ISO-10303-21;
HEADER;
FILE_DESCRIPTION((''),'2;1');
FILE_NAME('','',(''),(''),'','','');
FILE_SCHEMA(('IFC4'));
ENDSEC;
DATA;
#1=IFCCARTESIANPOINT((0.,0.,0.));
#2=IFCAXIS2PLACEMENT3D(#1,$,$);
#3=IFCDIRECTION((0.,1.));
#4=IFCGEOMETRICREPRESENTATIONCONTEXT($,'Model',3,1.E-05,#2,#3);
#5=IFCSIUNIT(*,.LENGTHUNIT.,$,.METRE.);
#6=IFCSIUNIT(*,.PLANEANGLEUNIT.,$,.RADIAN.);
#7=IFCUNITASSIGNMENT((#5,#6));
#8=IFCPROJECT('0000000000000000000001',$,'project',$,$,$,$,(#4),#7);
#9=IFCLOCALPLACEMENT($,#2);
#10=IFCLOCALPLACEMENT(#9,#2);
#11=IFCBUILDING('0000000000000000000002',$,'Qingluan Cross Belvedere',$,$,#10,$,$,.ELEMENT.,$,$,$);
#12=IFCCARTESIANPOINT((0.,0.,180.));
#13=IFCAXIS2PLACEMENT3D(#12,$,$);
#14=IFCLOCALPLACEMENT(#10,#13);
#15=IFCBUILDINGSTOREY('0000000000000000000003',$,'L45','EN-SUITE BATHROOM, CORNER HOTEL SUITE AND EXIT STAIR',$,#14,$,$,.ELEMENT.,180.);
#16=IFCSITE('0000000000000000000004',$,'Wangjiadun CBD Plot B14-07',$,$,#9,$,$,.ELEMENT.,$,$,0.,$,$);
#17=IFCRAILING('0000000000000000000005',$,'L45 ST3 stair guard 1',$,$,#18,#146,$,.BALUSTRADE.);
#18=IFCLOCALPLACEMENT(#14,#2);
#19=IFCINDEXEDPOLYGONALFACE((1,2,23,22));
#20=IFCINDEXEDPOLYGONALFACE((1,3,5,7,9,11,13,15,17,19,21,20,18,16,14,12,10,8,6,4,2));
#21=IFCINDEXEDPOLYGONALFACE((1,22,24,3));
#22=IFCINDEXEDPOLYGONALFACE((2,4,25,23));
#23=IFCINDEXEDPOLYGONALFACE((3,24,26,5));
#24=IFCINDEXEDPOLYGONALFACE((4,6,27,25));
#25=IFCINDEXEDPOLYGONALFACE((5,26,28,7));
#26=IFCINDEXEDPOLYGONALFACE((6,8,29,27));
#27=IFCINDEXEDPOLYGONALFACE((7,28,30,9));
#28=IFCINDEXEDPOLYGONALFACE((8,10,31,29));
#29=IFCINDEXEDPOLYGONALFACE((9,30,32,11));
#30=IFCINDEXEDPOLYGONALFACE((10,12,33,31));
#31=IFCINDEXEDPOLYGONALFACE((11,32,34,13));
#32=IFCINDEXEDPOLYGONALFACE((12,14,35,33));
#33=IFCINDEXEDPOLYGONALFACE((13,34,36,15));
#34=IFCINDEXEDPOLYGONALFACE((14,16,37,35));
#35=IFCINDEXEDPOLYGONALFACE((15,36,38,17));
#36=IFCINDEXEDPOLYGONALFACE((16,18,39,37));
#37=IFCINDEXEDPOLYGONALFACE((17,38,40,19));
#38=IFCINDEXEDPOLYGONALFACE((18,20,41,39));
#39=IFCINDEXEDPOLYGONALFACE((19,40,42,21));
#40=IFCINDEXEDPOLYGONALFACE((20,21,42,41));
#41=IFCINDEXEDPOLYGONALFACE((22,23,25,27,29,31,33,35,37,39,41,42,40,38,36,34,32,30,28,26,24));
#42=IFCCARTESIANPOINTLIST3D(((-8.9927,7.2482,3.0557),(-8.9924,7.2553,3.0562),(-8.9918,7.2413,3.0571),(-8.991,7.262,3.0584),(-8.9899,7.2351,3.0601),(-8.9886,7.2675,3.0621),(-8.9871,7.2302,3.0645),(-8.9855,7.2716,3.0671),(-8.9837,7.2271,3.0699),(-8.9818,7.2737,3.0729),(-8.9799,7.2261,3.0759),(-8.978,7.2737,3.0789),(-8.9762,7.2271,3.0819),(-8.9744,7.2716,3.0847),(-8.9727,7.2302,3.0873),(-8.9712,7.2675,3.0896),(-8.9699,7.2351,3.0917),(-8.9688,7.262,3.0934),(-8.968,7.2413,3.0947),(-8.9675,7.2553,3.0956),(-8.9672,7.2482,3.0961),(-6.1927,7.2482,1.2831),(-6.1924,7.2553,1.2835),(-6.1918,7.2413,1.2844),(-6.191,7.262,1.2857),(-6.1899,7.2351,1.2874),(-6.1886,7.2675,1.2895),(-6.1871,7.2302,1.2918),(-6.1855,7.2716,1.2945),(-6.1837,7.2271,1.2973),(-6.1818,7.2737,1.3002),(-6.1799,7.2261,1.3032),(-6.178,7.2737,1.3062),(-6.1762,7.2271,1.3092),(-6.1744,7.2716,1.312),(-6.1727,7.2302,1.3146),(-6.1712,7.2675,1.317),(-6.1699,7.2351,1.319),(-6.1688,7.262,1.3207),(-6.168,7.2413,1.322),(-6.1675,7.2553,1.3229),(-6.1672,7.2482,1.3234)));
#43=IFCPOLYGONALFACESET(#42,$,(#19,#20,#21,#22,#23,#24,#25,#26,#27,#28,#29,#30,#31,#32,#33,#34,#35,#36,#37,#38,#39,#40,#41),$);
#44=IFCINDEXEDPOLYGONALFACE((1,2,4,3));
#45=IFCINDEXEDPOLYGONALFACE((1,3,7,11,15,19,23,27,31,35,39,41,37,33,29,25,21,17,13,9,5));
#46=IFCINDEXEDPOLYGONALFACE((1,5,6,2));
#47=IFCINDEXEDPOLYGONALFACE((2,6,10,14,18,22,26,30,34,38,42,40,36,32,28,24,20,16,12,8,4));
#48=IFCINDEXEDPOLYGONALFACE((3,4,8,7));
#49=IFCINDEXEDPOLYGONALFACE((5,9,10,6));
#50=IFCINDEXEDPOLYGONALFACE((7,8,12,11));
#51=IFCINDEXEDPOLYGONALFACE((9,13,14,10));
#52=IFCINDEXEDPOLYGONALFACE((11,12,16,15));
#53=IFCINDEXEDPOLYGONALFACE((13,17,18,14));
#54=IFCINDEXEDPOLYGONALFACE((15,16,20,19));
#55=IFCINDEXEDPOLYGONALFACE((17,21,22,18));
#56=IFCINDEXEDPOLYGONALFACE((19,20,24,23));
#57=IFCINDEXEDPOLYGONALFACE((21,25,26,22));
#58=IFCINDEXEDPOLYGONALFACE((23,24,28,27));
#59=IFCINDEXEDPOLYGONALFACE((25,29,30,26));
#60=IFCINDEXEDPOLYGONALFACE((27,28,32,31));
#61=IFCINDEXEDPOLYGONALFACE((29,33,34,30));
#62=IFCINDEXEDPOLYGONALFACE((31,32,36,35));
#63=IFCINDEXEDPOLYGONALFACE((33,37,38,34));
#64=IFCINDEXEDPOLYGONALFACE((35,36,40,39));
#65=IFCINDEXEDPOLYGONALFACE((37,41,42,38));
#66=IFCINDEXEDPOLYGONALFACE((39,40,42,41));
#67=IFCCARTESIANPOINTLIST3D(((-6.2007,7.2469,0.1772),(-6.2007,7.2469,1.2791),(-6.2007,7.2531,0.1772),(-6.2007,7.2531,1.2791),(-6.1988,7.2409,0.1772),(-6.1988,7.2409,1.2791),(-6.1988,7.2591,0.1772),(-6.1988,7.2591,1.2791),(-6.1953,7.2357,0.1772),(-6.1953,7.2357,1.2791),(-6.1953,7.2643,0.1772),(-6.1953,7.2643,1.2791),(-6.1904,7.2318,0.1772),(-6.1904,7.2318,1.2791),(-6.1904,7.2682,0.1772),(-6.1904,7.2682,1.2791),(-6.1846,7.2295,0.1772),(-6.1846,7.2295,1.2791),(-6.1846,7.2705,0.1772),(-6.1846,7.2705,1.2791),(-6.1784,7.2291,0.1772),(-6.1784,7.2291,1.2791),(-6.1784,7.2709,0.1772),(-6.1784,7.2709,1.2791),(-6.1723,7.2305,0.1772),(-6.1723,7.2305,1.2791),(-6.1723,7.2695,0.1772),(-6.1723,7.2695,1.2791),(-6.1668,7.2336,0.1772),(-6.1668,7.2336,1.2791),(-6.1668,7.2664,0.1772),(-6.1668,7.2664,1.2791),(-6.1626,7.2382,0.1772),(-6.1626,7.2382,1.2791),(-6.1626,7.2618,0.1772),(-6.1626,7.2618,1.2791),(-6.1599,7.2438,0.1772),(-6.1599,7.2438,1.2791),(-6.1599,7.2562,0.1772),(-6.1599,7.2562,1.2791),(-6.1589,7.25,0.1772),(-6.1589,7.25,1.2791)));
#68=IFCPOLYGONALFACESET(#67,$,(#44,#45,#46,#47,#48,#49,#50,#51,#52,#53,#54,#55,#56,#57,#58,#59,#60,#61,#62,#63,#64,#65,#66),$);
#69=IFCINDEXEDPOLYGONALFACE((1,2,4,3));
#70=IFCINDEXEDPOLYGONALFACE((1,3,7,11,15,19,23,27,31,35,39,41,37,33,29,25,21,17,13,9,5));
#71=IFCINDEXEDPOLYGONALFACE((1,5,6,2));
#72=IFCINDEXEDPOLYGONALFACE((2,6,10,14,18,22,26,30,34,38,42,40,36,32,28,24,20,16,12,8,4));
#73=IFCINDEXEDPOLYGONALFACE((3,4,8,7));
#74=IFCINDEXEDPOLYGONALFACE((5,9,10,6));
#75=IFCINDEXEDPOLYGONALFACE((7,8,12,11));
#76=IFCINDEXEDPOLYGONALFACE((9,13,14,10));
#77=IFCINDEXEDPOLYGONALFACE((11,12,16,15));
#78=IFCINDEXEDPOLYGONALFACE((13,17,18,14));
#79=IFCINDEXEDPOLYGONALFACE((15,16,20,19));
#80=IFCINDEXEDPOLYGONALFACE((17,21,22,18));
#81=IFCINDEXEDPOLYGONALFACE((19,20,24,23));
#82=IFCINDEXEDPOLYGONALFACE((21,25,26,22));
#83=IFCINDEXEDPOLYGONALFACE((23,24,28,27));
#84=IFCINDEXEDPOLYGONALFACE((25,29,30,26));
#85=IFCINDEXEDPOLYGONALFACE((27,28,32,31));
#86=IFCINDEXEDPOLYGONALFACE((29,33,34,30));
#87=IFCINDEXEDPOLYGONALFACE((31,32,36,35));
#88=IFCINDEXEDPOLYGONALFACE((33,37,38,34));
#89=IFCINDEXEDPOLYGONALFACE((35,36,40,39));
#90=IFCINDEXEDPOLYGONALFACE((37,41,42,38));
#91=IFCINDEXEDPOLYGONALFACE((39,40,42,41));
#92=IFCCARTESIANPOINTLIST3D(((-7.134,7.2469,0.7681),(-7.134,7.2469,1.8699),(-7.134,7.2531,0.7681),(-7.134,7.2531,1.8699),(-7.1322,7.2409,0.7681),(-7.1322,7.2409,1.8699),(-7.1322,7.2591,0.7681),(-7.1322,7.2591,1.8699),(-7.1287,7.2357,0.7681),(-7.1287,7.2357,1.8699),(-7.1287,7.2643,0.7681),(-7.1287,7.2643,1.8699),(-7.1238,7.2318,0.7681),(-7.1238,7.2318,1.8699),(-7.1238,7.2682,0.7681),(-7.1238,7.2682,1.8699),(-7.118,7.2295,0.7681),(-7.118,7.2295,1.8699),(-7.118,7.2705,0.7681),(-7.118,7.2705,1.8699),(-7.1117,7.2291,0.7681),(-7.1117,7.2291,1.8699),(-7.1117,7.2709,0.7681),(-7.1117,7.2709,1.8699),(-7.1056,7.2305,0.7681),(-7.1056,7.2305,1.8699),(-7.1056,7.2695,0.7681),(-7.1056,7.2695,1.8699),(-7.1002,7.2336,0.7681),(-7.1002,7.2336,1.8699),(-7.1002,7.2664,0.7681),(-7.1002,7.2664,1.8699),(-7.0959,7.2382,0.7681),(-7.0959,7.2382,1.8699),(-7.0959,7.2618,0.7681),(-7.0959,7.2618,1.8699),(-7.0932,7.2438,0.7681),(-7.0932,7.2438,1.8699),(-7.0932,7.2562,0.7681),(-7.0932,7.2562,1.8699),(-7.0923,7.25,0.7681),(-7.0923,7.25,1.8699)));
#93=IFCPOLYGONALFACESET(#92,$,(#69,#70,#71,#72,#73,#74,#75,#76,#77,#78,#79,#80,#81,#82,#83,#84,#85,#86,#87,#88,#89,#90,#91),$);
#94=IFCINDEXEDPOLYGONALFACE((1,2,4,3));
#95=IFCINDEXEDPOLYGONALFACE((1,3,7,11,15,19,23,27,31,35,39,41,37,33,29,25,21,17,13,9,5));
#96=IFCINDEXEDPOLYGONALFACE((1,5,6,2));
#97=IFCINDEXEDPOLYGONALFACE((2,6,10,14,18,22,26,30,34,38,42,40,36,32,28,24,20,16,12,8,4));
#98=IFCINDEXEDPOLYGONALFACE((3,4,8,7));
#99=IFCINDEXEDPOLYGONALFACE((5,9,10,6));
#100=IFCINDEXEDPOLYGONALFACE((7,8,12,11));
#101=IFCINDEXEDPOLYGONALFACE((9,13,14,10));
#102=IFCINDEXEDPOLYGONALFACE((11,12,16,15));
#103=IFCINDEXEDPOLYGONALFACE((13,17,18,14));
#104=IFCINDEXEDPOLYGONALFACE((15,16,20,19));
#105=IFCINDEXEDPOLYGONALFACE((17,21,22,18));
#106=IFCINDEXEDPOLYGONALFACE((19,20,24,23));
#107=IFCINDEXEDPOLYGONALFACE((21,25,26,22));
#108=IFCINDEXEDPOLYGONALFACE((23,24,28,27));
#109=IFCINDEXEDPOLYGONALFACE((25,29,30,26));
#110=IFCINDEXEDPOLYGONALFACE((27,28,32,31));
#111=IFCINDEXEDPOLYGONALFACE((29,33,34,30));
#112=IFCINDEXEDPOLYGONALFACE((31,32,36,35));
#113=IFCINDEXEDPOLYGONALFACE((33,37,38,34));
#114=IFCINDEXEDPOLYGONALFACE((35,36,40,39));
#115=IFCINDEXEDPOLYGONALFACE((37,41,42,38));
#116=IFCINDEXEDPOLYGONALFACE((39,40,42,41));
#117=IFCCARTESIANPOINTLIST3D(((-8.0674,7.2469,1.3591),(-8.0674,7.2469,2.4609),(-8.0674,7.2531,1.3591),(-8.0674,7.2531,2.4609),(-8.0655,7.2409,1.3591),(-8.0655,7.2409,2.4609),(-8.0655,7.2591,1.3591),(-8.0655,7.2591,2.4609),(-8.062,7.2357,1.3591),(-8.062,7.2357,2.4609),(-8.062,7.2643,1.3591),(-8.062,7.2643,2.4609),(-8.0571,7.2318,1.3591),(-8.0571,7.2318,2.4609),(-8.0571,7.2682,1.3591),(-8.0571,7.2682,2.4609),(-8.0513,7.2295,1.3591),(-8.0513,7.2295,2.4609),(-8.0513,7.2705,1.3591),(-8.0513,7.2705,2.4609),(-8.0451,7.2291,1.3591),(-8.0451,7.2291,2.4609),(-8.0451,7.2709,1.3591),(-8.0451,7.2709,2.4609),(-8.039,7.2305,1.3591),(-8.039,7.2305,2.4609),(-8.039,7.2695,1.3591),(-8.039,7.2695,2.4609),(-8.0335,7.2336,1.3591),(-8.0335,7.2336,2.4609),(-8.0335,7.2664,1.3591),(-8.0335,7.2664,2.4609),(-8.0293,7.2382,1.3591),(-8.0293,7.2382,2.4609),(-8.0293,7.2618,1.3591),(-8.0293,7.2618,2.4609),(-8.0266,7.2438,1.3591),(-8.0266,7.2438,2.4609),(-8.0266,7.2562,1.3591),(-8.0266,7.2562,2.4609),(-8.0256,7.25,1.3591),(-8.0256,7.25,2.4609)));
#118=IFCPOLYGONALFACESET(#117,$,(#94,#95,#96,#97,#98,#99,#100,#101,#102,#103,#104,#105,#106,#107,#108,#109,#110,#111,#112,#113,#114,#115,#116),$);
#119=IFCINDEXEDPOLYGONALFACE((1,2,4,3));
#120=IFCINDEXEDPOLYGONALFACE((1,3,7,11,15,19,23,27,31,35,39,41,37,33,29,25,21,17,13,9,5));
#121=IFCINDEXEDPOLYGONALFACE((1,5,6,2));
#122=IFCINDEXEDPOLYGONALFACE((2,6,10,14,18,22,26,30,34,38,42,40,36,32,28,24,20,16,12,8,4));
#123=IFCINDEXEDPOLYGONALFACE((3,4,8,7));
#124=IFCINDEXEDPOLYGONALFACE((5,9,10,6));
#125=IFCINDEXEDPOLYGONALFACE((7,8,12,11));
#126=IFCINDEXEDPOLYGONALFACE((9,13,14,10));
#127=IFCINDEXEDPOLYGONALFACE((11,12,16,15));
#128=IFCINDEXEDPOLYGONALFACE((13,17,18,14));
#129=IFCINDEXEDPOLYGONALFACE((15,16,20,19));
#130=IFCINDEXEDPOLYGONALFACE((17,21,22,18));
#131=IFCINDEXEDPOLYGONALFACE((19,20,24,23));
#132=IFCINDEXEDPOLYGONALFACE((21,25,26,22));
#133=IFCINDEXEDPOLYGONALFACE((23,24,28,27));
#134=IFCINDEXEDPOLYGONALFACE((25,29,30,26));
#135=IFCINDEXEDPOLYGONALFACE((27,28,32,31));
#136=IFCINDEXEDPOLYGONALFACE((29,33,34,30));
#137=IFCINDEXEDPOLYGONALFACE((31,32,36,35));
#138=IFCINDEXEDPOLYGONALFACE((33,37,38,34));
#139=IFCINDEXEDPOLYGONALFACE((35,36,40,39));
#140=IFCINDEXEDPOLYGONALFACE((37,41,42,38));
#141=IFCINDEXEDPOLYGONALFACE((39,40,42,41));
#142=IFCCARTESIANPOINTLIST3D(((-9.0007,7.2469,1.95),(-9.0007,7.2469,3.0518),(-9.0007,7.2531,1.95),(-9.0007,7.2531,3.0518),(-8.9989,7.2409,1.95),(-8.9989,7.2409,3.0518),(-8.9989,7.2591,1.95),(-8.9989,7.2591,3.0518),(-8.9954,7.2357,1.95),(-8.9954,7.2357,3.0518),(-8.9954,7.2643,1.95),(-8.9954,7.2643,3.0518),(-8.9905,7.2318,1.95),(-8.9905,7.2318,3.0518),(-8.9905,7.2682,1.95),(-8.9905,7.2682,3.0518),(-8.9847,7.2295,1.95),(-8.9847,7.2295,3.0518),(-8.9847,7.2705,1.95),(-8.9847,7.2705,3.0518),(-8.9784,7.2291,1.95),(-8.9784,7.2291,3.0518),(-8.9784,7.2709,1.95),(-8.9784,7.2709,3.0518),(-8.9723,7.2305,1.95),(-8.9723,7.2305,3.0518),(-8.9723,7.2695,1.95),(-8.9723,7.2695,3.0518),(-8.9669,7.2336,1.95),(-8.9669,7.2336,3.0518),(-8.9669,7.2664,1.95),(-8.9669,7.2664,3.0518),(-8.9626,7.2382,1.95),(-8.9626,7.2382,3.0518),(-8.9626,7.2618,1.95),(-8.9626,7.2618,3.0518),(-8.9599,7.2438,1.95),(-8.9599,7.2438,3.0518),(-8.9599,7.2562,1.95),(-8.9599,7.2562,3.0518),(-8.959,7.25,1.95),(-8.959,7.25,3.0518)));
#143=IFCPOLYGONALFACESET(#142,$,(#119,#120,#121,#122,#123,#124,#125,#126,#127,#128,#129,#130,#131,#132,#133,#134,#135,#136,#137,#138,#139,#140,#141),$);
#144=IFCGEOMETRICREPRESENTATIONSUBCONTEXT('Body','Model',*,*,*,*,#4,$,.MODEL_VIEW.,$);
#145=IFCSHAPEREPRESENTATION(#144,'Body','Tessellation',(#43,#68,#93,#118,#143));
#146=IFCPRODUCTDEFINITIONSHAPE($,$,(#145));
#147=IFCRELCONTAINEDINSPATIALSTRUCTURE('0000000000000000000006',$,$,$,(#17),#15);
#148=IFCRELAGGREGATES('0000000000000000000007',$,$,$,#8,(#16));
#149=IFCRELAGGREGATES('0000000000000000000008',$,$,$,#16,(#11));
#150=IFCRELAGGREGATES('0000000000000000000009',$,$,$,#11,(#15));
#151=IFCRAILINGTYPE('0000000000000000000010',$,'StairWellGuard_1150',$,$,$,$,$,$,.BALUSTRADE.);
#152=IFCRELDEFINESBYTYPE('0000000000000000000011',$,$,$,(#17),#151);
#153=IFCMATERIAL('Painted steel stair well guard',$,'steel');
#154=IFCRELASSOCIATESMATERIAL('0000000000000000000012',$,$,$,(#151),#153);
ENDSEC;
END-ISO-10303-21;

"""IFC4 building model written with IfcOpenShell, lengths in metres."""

from ifc_helpers import new_model, si_unit, direction, frame, origin, origin_2d, place, context, subcontext, project, spatial, circle, extrude, material, type_object, element, save


model = new_model("IFC4")

# Units and contexts
model_context = context("Model", 3, precision=1e-05, world=origin(), true_north=direction((0.0, 1.0)))
body_context = subcontext(model_context, "Body", "Model", "MODEL_VIEW")
ifc_project = project(units=[si_unit("LENGTHUNIT", "METRE"), si_unit("PLANEANGLEUNIT", "RADIAN")], contexts=[model_context])

# Site, building, storey
site_placement = place(None, origin())
site = spatial("IfcSite", under=ifc_project, at=site_placement, Name="Wangjiadun CBD Plot B14-07", CompositionType="ELEMENT", RefElevation=0.0)
building_placement = place(site_placement, origin())
building = spatial("IfcBuilding", under=site, at=building_placement, Name="Qingluan Cross Belvedere", CompositionType="ELEMENT")
storey_placement = place(building_placement, frame((0.0, 0.0, 180.0)))
storey = spatial("IfcBuildingStorey", under=building, at=storey_placement, Name="L45", Description="EN-SUITE BATHROOM, CORNER HOTEL SUITE AND EXIT STAIR", CompositionType="ELEMENT", Elevation=180.0)

# Railing
ifc_material_1 = material(Name="Painted steel stair well guard", Category="steel")
railing_type_1 = type_object("IfcRailingType", Name="StairWellGuard_1150", PredefinedType="BALUSTRADE", material=ifc_material_1)
railing_1_placement = place(storey_placement, frame((-6.1799, 7.25, 0.1772)))
element("IfcRailing", 1, at=railing_1_placement, inside=storey, type_object=railing_type_1, Name="L45 ST3 stair guard 1", PredefinedType="BALUSTRADE", context=body_context, shape_type="SweptSolid", body=[
    extrude(circle(Radius=0.0239, at=origin_2d()), frame((0.0, 0.0, 1.126), z_axis=(-0.844909, 0.0, 0.53491), x_axis=(0.0, -1.0, 0.0)), (0.0, 0.0, 1.0), 3.314),
    extrude(circle(Radius=0.021, at=origin_2d()), origin(), (0.0, 0.0, 1.0), 1.1018),
    extrude(circle(Radius=0.021, at=origin_2d()), frame((-0.9333, 0.0, 0.5908)), (0.0, 0.0, 1.0), 1.1018),
    extrude(circle(Radius=0.021, at=origin_2d()), frame((-1.8667, 0.0, 1.1819)), (0.0, 0.0, 1.0), 1.1018),
    extrude(circle(Radius=0.021, at=origin_2d()), frame((-2.8, 0.0, 1.7727)), (0.0, 0.0, 1.0), 1.1018),
])

save(model, "model.ifc")
